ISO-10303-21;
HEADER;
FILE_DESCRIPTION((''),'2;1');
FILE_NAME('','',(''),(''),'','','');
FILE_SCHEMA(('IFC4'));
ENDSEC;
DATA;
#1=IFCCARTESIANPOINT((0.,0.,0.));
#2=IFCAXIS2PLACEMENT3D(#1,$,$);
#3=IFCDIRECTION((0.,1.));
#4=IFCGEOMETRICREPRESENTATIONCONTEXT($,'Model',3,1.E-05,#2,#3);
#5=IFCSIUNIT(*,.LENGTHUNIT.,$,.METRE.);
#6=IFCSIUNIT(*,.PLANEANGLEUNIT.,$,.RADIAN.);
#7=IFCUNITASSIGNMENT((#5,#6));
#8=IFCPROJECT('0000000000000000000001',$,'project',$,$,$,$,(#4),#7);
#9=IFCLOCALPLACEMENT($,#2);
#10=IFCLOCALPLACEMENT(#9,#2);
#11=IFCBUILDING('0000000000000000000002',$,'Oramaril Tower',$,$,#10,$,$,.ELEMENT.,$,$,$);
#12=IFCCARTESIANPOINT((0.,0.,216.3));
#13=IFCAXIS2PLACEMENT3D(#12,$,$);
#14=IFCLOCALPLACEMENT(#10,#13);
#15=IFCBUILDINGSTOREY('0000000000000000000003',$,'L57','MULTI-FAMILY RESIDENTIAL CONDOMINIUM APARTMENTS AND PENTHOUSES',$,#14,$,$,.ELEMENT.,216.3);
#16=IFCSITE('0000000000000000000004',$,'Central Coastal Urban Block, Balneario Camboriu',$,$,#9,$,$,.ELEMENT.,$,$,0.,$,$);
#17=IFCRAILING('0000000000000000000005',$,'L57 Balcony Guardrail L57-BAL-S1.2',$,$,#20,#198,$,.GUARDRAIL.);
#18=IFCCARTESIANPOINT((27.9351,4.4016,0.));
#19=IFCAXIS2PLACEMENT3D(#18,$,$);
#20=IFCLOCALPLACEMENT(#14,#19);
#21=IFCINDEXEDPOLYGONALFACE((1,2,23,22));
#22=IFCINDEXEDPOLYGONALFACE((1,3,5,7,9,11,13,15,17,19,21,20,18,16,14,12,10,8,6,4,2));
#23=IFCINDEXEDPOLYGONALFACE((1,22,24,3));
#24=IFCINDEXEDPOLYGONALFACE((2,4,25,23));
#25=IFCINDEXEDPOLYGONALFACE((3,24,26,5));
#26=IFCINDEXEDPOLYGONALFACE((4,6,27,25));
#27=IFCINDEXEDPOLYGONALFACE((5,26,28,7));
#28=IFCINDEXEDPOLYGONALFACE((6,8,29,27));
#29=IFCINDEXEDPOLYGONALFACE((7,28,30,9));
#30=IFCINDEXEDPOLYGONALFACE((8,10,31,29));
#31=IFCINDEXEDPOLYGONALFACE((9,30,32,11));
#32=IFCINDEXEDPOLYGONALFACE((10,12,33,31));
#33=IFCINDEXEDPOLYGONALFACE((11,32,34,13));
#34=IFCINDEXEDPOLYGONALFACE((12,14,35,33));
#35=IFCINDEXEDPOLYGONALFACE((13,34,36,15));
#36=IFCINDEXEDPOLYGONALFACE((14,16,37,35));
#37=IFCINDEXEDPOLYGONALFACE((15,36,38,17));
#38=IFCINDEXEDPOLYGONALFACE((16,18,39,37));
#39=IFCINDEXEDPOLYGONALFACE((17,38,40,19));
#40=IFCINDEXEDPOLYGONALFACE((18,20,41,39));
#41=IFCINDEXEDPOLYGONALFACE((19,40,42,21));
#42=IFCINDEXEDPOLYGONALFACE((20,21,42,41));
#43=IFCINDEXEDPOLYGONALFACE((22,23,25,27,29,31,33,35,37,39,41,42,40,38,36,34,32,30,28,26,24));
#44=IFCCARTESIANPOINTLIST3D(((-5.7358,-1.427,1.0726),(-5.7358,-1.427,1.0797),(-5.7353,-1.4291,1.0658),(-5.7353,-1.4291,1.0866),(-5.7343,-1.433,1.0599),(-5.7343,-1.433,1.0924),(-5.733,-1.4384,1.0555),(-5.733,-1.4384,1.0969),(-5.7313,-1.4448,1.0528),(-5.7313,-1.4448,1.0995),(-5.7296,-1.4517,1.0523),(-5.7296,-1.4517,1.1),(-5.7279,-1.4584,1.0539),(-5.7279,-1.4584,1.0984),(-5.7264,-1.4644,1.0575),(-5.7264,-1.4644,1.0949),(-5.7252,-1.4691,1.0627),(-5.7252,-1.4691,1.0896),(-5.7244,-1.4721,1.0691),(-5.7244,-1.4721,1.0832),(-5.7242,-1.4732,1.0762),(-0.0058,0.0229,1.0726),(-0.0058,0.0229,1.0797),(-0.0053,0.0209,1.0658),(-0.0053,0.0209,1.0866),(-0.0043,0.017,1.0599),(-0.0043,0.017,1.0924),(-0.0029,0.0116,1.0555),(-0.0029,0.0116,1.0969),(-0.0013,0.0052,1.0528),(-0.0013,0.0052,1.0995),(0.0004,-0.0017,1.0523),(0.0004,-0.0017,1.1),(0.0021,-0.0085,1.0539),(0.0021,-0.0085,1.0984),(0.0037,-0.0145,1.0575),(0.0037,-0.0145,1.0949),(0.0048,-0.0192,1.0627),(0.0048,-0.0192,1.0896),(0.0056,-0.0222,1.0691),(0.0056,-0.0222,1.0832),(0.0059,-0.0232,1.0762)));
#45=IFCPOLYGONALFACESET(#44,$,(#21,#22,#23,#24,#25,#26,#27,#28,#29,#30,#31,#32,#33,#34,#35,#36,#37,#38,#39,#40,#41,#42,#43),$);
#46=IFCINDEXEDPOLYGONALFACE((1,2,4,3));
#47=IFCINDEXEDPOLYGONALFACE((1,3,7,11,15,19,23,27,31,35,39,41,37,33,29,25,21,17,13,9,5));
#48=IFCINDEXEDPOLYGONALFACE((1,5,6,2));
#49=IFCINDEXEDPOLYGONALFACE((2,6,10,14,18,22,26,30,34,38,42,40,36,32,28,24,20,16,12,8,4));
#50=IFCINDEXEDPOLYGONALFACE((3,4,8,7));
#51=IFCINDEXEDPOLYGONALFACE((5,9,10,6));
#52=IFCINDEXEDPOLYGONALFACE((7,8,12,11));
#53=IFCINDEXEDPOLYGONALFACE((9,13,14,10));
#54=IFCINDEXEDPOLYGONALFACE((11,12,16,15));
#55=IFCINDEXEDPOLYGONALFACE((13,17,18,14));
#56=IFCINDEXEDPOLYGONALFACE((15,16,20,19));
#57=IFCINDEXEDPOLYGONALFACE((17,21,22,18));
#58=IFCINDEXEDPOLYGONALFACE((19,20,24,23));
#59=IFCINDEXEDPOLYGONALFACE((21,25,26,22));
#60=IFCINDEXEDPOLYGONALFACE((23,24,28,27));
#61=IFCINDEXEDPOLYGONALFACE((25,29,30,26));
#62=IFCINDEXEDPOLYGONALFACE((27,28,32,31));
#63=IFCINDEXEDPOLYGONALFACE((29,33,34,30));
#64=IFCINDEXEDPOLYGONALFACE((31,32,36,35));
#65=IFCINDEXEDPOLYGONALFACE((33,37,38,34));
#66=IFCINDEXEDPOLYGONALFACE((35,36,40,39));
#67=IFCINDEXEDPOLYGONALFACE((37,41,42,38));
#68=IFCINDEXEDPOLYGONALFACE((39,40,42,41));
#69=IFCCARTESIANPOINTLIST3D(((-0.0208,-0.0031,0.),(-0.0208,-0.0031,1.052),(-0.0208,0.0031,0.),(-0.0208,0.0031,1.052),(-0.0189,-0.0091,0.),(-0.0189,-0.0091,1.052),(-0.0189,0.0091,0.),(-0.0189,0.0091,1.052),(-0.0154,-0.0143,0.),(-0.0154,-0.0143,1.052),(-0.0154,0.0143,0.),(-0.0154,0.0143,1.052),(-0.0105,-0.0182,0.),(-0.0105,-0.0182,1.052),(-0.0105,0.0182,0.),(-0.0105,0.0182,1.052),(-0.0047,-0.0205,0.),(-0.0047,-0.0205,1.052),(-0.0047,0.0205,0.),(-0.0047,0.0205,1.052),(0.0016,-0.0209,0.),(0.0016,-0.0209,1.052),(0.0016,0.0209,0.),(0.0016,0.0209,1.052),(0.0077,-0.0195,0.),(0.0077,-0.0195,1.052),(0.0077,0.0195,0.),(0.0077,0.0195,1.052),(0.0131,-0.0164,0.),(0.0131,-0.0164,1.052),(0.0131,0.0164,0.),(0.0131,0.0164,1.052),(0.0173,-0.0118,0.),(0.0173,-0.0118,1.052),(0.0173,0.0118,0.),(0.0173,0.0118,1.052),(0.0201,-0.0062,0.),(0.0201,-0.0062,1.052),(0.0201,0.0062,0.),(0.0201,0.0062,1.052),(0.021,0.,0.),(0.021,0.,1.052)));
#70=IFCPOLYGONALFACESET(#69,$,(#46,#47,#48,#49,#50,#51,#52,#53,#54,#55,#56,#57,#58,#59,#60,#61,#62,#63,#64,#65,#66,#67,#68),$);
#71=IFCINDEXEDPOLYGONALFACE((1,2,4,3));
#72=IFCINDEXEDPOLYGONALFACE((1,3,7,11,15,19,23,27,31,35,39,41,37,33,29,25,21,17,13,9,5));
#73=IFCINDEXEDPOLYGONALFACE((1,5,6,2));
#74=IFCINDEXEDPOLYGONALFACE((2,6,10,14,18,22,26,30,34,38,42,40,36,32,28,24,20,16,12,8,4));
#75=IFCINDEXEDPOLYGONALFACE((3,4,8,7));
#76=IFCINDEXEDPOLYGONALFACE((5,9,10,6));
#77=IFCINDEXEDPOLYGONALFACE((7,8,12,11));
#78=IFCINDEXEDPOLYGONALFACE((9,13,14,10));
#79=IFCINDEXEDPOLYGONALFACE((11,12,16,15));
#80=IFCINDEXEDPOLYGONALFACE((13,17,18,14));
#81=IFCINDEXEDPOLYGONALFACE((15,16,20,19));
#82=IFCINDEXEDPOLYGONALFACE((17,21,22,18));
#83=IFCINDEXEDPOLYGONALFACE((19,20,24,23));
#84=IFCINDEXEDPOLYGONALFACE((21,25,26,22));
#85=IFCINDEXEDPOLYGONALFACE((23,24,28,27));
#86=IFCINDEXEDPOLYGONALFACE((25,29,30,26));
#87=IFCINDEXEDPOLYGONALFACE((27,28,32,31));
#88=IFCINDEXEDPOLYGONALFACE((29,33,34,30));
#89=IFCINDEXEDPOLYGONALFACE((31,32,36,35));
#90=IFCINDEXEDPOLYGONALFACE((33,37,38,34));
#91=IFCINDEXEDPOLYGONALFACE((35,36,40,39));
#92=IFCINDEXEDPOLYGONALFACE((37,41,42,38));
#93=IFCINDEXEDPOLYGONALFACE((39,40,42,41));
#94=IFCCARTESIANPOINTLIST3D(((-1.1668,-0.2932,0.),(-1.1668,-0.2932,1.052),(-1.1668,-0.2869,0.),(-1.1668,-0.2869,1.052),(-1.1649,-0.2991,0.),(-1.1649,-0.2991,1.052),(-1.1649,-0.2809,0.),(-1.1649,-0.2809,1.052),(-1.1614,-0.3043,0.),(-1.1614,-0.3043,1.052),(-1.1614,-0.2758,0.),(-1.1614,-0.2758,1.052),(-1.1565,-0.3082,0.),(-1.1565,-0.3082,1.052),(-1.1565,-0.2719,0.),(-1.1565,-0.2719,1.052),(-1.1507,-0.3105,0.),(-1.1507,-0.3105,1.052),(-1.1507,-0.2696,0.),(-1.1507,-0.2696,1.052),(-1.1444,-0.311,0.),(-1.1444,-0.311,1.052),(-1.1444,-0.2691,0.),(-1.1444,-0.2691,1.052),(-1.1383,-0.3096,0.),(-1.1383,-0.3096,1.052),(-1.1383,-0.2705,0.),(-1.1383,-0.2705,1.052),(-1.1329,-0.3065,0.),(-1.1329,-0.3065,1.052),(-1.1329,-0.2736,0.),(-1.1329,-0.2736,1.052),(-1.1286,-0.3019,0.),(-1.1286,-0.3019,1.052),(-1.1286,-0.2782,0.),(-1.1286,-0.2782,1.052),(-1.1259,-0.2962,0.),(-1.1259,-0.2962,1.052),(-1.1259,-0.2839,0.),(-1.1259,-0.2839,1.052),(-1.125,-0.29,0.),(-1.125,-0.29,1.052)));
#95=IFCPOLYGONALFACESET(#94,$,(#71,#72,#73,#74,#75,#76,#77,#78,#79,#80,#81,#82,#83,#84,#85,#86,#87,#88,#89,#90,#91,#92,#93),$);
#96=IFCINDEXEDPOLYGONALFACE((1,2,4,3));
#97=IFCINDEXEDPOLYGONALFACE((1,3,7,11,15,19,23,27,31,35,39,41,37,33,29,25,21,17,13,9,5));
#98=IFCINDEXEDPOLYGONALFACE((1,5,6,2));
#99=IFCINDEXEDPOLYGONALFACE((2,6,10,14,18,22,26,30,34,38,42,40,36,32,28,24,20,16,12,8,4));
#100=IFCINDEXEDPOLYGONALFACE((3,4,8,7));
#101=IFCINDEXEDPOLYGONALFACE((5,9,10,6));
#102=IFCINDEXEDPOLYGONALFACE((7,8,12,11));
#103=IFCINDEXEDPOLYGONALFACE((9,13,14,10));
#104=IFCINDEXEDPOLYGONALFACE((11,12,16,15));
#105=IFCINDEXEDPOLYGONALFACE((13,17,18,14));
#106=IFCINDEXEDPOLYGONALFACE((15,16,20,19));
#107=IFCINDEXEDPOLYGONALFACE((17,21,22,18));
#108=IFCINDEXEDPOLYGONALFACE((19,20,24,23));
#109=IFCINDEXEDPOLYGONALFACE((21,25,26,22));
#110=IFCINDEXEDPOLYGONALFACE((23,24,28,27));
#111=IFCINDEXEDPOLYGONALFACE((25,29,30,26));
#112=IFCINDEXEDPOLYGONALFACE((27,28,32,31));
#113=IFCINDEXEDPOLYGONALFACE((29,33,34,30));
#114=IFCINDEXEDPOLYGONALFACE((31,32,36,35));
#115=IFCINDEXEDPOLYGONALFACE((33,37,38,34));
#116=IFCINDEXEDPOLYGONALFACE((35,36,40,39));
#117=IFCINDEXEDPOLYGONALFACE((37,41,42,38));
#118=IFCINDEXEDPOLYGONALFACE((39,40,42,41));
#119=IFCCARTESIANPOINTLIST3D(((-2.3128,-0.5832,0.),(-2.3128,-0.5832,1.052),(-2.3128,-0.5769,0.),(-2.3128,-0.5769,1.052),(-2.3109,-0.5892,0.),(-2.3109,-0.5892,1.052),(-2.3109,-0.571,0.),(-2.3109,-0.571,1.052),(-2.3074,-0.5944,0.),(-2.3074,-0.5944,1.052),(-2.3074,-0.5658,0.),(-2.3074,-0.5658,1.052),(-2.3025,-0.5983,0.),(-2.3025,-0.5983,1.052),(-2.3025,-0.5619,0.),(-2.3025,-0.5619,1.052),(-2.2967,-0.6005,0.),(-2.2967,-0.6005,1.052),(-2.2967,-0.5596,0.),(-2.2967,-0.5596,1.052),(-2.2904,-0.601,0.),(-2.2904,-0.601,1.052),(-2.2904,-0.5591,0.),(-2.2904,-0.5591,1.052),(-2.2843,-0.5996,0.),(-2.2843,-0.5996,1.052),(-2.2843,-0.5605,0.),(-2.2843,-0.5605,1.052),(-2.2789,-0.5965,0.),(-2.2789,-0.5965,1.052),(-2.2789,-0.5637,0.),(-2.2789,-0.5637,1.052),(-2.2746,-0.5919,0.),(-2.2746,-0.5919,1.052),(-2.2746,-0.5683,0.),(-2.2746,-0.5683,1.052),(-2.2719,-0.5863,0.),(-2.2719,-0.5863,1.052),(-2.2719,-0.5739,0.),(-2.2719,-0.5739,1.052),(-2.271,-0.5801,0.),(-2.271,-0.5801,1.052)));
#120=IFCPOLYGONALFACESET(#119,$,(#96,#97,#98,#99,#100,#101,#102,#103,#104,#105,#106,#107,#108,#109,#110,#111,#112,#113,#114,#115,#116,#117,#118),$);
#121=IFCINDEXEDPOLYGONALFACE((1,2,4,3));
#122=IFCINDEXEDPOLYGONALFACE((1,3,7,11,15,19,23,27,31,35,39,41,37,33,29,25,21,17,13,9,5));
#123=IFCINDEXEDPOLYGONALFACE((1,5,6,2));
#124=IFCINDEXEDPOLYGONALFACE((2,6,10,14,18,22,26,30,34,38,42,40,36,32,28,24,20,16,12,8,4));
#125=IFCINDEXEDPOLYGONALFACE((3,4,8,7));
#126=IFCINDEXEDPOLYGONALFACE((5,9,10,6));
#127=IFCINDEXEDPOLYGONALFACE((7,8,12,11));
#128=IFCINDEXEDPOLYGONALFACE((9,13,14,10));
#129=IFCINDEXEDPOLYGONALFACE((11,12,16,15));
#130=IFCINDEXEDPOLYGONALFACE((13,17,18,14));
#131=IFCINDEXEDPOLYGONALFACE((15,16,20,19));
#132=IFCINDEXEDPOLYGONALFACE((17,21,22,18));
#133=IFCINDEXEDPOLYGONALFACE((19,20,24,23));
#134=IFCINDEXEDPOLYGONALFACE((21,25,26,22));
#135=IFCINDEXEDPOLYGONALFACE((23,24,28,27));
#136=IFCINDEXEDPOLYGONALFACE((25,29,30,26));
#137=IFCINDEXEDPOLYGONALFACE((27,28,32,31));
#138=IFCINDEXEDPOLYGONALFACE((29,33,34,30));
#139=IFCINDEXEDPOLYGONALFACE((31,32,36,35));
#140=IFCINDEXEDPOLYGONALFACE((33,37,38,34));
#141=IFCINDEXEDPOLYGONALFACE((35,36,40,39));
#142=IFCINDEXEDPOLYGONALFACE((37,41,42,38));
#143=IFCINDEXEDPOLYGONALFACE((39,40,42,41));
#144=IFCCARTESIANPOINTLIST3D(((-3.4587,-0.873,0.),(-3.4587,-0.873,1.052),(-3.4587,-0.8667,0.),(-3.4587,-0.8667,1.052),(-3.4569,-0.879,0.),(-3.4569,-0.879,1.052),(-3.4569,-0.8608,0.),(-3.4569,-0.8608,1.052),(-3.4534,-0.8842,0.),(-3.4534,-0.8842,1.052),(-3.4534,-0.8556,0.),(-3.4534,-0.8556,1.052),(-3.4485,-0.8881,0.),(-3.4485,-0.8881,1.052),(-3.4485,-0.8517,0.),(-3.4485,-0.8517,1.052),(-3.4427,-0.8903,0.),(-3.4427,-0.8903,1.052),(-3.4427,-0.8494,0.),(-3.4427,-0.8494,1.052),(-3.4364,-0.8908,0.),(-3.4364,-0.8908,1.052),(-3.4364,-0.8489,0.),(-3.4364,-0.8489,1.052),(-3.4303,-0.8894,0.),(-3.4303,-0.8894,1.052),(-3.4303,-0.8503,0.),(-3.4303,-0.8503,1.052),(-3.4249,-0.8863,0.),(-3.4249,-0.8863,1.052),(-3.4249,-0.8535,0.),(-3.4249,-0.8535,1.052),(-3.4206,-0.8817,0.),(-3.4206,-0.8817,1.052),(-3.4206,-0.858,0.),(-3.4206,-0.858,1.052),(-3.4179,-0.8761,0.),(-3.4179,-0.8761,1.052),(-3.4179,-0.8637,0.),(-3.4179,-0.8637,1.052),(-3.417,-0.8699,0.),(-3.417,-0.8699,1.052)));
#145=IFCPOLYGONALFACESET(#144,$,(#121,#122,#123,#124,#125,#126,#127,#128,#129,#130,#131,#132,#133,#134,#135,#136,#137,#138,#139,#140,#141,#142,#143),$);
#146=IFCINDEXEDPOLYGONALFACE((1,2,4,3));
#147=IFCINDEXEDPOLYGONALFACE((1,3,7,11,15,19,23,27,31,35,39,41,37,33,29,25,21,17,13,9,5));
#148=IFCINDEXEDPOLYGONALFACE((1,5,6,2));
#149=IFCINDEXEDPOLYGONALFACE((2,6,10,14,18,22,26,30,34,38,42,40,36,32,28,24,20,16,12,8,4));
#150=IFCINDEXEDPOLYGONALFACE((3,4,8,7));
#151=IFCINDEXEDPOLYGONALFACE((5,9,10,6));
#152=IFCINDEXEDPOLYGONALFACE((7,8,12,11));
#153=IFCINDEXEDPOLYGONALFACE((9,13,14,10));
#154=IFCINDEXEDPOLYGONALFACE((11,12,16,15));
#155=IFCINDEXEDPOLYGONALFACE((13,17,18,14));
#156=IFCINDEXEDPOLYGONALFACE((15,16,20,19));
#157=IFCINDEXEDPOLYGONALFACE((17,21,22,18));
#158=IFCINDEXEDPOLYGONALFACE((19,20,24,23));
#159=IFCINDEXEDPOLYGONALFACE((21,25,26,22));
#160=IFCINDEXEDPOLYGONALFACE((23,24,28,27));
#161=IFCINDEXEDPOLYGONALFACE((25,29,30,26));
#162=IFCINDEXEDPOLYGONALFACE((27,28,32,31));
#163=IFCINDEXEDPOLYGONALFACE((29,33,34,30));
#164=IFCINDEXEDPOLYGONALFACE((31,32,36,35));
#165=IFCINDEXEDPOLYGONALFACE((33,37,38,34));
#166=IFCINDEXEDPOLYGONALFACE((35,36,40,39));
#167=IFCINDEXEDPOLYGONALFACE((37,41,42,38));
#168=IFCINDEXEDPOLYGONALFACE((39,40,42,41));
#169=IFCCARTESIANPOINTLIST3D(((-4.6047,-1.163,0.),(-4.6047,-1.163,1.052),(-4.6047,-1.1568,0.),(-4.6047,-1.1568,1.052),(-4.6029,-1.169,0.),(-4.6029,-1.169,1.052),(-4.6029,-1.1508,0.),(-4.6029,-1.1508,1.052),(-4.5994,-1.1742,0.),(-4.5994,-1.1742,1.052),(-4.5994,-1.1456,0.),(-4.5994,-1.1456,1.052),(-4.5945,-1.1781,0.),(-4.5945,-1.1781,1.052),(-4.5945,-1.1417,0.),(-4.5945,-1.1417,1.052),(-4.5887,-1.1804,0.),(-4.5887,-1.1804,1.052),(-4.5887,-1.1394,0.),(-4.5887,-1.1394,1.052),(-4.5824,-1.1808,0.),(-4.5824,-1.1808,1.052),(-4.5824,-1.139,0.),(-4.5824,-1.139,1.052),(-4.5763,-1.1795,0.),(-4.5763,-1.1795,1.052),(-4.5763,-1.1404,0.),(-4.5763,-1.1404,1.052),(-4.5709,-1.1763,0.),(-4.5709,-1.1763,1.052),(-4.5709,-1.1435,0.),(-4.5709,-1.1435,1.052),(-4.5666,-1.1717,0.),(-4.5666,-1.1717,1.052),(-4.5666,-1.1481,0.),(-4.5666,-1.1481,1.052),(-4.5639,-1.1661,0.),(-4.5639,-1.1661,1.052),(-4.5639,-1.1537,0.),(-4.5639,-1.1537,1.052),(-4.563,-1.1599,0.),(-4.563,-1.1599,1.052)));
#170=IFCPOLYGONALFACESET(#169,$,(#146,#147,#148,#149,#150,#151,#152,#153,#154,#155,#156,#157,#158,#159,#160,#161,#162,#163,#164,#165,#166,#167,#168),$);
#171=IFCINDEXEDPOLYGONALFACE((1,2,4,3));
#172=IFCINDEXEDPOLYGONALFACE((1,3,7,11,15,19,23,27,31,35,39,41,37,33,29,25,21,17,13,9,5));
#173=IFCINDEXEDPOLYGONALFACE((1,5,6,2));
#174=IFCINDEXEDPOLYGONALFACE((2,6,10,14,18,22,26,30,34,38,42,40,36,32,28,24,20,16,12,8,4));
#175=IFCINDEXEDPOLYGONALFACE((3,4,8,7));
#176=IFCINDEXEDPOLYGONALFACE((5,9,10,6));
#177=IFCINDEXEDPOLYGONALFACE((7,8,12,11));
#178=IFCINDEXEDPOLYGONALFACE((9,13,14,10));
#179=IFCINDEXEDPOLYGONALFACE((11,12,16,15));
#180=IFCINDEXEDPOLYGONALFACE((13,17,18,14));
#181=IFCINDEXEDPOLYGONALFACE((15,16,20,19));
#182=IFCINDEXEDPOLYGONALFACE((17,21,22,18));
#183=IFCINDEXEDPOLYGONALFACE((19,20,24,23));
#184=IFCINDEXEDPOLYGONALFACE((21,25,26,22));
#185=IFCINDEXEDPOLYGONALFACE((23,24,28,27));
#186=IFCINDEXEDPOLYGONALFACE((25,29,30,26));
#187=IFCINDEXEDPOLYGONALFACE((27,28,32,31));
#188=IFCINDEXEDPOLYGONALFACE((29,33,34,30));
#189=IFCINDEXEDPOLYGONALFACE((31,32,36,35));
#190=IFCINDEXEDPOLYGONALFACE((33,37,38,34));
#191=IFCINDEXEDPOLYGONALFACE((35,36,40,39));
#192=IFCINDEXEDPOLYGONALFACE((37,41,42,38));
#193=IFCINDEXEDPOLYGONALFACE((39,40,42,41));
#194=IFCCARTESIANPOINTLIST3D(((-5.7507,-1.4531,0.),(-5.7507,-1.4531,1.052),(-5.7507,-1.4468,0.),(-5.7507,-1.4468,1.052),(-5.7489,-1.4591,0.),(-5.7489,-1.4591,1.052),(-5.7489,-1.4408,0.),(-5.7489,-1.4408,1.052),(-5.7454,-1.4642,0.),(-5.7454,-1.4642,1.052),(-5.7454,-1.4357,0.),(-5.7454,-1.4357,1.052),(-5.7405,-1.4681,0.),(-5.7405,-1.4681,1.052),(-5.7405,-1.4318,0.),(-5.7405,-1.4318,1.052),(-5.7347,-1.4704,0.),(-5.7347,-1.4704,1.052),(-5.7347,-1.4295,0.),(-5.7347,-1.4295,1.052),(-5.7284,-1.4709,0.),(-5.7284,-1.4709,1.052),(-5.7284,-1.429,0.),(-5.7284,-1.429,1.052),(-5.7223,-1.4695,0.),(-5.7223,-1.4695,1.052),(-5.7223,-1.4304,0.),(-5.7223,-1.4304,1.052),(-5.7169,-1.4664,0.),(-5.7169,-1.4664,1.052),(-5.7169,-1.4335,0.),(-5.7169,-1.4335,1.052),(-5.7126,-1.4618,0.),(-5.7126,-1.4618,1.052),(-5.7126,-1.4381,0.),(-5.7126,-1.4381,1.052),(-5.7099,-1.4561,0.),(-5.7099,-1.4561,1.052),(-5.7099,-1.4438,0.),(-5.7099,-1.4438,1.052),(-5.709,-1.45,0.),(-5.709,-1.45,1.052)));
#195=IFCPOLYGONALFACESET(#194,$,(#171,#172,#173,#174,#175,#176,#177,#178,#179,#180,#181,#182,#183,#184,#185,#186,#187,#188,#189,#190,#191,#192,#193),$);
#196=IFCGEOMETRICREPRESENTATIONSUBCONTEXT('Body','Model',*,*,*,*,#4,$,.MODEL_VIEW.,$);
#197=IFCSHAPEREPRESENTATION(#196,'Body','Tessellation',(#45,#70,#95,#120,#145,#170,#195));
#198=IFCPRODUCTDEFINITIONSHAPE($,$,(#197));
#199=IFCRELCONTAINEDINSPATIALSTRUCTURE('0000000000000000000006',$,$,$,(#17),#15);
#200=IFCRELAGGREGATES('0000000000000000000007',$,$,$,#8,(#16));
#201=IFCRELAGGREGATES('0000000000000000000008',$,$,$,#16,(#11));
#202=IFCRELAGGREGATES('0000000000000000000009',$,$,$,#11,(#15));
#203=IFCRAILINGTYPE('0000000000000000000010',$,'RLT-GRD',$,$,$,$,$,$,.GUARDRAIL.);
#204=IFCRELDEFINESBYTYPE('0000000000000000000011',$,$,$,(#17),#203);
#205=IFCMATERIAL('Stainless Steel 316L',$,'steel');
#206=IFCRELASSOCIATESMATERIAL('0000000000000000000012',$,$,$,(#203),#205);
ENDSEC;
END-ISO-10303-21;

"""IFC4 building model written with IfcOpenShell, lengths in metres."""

from ifc_helpers import new_model, si_unit, direction, frame, origin, origin_2d, place, context, subcontext, project, spatial, circle, extrude, material, type_object, element, save


model = new_model("IFC4")

# Units and contexts
model_context = context("Model", 3, precision=1e-05, world=origin(), true_north=direction((0.0, 1.0)))
body_context = subcontext(model_context, "Body", "Model", "MODEL_VIEW")
ifc_project = project(units=[si_unit("LENGTHUNIT", "METRE"), si_unit("PLANEANGLEUNIT", "RADIAN")], contexts=[model_context])

# Site, building, storey
site_placement = place(None, origin())
site = spatial("IfcSite", under=ifc_project, at=site_placement, Name="Central Coastal Urban Block, Balneario Camboriu", CompositionType="ELEMENT", RefElevation=0.0)
building_placement = place(site_placement, origin())
building = spatial("IfcBuilding", under=site, at=building_placement, Name="Oramaril Tower", CompositionType="ELEMENT")
storey_placement = place(building_placement, frame((0.0, 0.0, 216.3)))
storey = spatial("IfcBuildingStorey", under=building, at=storey_placement, Name="L57", Description="MULTI-FAMILY RESIDENTIAL CONDOMINIUM APARTMENTS AND PENTHOUSES", CompositionType="ELEMENT", Elevation=216.3)

# Railing
ifc_material_1 = material(Name="Stainless Steel 316L", Category="steel")
railing_type = type_object("IfcRailingType", Name="RLT-GRD", PredefinedType="GUARDRAIL", material=ifc_material_1)
railing_1_placement = place(storey_placement, frame((27.9351, 4.4016, 0.0)))
element("IfcRailing", 1, at=railing_1_placement, inside=storey, type_object=railing_type, Name="L57 Balcony Guardrail L57-BAL-S1.2", PredefinedType="GUARDRAIL", context=body_context, shape_type="SweptSolid", body=[
    extrude(circle(Radius=0.0239, at=origin_2d()), frame((0.0, 0.0, 1.0762), z_axis=(-0.969444, -0.245314, 0.0), x_axis=(0.245314, -0.969444, 0.0)), (0.0, 0.0, 1.0), 5.9106),
    extrude(circle(Radius=0.021, at=origin_2d()), origin(), (0.0, 0.0, 1.0), 1.052),
    extrude(circle(Radius=0.021, at=origin_2d()), frame((-1.146, -0.29, 0.0)), (0.0, 0.0, 1.0), 1.052),
    extrude(circle(Radius=0.021, at=origin_2d()), frame((-2.292, -0.5801, 0.0)), (0.0, 0.0, 1.0), 1.052),
    extrude(circle(Radius=0.021, at=origin_2d()), frame((-3.438, -0.8699, 0.0)), (0.0, 0.0, 1.0), 1.052),
    extrude(circle(Radius=0.021, at=origin_2d()), frame((-4.584, -1.1599, 0.0)), (0.0, 0.0, 1.0), 1.052),
    extrude(circle(Radius=0.021, at=origin_2d()), frame((-5.73, -1.45, 0.0)), (0.0, 0.0, 1.0), 1.052),
])

save(model, "model.ifc")
